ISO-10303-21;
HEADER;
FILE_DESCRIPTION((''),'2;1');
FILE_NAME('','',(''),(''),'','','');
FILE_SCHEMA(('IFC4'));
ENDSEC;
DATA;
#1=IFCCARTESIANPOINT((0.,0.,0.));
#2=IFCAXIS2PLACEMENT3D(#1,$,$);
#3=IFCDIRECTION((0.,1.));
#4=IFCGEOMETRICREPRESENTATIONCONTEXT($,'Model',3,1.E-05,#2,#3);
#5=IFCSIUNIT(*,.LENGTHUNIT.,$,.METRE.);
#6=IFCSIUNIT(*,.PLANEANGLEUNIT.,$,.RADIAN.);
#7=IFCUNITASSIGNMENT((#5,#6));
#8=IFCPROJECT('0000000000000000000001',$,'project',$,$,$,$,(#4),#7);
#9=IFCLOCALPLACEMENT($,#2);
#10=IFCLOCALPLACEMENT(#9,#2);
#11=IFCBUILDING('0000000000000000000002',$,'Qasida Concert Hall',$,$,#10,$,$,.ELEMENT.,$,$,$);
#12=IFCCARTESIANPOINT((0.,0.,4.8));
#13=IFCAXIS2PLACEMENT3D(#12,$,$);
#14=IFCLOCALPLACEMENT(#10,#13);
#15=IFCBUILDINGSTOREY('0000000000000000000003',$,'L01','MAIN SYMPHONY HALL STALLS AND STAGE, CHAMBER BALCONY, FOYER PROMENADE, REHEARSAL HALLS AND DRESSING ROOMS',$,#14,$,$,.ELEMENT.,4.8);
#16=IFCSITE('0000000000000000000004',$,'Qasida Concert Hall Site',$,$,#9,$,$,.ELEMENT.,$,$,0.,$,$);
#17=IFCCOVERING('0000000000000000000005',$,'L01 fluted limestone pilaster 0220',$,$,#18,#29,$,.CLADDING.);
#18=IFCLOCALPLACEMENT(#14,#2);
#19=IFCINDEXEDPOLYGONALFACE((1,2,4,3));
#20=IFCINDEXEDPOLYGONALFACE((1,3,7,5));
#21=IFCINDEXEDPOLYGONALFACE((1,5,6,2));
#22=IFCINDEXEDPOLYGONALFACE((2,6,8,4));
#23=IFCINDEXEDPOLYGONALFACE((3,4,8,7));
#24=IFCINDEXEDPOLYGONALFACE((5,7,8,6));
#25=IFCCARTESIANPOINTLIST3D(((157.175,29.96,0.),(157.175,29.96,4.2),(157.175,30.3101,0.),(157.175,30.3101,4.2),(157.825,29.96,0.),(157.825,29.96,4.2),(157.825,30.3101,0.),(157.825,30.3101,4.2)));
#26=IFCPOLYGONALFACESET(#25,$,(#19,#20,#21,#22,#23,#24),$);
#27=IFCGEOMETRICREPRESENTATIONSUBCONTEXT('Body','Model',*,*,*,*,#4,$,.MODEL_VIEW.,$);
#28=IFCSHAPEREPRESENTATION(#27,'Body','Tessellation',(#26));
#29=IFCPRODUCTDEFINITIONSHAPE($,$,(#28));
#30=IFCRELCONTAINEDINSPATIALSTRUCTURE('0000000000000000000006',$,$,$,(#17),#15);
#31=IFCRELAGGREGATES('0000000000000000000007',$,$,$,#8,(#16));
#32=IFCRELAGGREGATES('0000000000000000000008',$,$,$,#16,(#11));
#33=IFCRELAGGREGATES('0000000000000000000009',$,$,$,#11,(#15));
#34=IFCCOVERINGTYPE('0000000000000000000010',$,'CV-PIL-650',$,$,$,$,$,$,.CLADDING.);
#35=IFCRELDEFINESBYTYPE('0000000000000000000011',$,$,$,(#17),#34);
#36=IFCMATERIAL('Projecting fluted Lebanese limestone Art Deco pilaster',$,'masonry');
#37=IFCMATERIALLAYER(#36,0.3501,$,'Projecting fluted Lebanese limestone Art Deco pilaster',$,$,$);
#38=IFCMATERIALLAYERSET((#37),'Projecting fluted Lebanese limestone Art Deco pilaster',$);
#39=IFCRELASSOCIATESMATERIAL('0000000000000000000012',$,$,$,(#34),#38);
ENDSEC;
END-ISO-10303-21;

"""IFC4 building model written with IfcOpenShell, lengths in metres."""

from ifc_helpers import new_model, si_unit, direction, frame, origin, origin_2d, place, context, subcontext, project, spatial, rectangle, extrude, material, layer, layer_set, type_object, element, save


model = new_model("IFC4")

# Units and contexts
model_context = context("Model", 3, precision=1e-05, world=origin(), true_north=direction((0.0, 1.0)))
body_context = subcontext(model_context, "Body", "Model", "MODEL_VIEW")
ifc_project = project(units=[si_unit("LENGTHUNIT", "METRE"), si_unit("PLANEANGLEUNIT", "RADIAN")], contexts=[model_context])

# Site, building, storey
site_placement = place(None, origin())
site = spatial("IfcSite", under=ifc_project, at=site_placement, Name="Qasida Concert Hall Site", CompositionType="ELEMENT", RefElevation=0.0)
building_placement = place(site_placement, origin())
building = spatial("IfcBuilding", under=site, at=building_placement, Name="Qasida Concert Hall", CompositionType="ELEMENT")
storey_placement = place(building_placement, frame((0.0, 0.0, 4.8)))
storey = spatial("IfcBuildingStorey", under=building, at=storey_placement, Name="L01", Description="MAIN SYMPHONY HALL STALLS AND STAGE, CHAMBER BALCONY, FOYER PROMENADE, REHEARSAL HALLS AND DRESSING ROOMS", CompositionType="ELEMENT", Elevation=4.8)

# Covering
ifc_material_1 = material(Name="Projecting fluted Lebanese limestone Art Deco pilaster", Category="masonry")
ifc_layer_1 = layer(ifc_material_1, 0.3501, Name="Projecting fluted Lebanese limestone Art Deco pilaster")
ifc_layer_set_1 = layer_set([ifc_layer_1], Name="Projecting fluted Lebanese limestone Art Deco pilaster")
covering_type = type_object("IfcCoveringType", Name="CV-PIL-650", PredefinedType="CLADDING", material=ifc_layer_set_1)
covering_placement = place(storey_placement, frame((157.5, 30.135, 0.0), z_axis=(0.0, 0.0, 1.0), x_axis=(1.0, 0.0, 0.0)))
element("IfcCovering", 1, at=covering_placement, inside=storey, type_object=covering_type, Name="L01 fluted limestone pilaster 0220", PredefinedType="CLADDING", context=body_context, shape_type="SweptSolid", body=[
    extrude(rectangle(XDim=0.6499, YDim=0.3501, at=origin_2d()), origin(), (0.0, 0.0, 1.0), 4.2),
])

save(model, "model.ifc")
